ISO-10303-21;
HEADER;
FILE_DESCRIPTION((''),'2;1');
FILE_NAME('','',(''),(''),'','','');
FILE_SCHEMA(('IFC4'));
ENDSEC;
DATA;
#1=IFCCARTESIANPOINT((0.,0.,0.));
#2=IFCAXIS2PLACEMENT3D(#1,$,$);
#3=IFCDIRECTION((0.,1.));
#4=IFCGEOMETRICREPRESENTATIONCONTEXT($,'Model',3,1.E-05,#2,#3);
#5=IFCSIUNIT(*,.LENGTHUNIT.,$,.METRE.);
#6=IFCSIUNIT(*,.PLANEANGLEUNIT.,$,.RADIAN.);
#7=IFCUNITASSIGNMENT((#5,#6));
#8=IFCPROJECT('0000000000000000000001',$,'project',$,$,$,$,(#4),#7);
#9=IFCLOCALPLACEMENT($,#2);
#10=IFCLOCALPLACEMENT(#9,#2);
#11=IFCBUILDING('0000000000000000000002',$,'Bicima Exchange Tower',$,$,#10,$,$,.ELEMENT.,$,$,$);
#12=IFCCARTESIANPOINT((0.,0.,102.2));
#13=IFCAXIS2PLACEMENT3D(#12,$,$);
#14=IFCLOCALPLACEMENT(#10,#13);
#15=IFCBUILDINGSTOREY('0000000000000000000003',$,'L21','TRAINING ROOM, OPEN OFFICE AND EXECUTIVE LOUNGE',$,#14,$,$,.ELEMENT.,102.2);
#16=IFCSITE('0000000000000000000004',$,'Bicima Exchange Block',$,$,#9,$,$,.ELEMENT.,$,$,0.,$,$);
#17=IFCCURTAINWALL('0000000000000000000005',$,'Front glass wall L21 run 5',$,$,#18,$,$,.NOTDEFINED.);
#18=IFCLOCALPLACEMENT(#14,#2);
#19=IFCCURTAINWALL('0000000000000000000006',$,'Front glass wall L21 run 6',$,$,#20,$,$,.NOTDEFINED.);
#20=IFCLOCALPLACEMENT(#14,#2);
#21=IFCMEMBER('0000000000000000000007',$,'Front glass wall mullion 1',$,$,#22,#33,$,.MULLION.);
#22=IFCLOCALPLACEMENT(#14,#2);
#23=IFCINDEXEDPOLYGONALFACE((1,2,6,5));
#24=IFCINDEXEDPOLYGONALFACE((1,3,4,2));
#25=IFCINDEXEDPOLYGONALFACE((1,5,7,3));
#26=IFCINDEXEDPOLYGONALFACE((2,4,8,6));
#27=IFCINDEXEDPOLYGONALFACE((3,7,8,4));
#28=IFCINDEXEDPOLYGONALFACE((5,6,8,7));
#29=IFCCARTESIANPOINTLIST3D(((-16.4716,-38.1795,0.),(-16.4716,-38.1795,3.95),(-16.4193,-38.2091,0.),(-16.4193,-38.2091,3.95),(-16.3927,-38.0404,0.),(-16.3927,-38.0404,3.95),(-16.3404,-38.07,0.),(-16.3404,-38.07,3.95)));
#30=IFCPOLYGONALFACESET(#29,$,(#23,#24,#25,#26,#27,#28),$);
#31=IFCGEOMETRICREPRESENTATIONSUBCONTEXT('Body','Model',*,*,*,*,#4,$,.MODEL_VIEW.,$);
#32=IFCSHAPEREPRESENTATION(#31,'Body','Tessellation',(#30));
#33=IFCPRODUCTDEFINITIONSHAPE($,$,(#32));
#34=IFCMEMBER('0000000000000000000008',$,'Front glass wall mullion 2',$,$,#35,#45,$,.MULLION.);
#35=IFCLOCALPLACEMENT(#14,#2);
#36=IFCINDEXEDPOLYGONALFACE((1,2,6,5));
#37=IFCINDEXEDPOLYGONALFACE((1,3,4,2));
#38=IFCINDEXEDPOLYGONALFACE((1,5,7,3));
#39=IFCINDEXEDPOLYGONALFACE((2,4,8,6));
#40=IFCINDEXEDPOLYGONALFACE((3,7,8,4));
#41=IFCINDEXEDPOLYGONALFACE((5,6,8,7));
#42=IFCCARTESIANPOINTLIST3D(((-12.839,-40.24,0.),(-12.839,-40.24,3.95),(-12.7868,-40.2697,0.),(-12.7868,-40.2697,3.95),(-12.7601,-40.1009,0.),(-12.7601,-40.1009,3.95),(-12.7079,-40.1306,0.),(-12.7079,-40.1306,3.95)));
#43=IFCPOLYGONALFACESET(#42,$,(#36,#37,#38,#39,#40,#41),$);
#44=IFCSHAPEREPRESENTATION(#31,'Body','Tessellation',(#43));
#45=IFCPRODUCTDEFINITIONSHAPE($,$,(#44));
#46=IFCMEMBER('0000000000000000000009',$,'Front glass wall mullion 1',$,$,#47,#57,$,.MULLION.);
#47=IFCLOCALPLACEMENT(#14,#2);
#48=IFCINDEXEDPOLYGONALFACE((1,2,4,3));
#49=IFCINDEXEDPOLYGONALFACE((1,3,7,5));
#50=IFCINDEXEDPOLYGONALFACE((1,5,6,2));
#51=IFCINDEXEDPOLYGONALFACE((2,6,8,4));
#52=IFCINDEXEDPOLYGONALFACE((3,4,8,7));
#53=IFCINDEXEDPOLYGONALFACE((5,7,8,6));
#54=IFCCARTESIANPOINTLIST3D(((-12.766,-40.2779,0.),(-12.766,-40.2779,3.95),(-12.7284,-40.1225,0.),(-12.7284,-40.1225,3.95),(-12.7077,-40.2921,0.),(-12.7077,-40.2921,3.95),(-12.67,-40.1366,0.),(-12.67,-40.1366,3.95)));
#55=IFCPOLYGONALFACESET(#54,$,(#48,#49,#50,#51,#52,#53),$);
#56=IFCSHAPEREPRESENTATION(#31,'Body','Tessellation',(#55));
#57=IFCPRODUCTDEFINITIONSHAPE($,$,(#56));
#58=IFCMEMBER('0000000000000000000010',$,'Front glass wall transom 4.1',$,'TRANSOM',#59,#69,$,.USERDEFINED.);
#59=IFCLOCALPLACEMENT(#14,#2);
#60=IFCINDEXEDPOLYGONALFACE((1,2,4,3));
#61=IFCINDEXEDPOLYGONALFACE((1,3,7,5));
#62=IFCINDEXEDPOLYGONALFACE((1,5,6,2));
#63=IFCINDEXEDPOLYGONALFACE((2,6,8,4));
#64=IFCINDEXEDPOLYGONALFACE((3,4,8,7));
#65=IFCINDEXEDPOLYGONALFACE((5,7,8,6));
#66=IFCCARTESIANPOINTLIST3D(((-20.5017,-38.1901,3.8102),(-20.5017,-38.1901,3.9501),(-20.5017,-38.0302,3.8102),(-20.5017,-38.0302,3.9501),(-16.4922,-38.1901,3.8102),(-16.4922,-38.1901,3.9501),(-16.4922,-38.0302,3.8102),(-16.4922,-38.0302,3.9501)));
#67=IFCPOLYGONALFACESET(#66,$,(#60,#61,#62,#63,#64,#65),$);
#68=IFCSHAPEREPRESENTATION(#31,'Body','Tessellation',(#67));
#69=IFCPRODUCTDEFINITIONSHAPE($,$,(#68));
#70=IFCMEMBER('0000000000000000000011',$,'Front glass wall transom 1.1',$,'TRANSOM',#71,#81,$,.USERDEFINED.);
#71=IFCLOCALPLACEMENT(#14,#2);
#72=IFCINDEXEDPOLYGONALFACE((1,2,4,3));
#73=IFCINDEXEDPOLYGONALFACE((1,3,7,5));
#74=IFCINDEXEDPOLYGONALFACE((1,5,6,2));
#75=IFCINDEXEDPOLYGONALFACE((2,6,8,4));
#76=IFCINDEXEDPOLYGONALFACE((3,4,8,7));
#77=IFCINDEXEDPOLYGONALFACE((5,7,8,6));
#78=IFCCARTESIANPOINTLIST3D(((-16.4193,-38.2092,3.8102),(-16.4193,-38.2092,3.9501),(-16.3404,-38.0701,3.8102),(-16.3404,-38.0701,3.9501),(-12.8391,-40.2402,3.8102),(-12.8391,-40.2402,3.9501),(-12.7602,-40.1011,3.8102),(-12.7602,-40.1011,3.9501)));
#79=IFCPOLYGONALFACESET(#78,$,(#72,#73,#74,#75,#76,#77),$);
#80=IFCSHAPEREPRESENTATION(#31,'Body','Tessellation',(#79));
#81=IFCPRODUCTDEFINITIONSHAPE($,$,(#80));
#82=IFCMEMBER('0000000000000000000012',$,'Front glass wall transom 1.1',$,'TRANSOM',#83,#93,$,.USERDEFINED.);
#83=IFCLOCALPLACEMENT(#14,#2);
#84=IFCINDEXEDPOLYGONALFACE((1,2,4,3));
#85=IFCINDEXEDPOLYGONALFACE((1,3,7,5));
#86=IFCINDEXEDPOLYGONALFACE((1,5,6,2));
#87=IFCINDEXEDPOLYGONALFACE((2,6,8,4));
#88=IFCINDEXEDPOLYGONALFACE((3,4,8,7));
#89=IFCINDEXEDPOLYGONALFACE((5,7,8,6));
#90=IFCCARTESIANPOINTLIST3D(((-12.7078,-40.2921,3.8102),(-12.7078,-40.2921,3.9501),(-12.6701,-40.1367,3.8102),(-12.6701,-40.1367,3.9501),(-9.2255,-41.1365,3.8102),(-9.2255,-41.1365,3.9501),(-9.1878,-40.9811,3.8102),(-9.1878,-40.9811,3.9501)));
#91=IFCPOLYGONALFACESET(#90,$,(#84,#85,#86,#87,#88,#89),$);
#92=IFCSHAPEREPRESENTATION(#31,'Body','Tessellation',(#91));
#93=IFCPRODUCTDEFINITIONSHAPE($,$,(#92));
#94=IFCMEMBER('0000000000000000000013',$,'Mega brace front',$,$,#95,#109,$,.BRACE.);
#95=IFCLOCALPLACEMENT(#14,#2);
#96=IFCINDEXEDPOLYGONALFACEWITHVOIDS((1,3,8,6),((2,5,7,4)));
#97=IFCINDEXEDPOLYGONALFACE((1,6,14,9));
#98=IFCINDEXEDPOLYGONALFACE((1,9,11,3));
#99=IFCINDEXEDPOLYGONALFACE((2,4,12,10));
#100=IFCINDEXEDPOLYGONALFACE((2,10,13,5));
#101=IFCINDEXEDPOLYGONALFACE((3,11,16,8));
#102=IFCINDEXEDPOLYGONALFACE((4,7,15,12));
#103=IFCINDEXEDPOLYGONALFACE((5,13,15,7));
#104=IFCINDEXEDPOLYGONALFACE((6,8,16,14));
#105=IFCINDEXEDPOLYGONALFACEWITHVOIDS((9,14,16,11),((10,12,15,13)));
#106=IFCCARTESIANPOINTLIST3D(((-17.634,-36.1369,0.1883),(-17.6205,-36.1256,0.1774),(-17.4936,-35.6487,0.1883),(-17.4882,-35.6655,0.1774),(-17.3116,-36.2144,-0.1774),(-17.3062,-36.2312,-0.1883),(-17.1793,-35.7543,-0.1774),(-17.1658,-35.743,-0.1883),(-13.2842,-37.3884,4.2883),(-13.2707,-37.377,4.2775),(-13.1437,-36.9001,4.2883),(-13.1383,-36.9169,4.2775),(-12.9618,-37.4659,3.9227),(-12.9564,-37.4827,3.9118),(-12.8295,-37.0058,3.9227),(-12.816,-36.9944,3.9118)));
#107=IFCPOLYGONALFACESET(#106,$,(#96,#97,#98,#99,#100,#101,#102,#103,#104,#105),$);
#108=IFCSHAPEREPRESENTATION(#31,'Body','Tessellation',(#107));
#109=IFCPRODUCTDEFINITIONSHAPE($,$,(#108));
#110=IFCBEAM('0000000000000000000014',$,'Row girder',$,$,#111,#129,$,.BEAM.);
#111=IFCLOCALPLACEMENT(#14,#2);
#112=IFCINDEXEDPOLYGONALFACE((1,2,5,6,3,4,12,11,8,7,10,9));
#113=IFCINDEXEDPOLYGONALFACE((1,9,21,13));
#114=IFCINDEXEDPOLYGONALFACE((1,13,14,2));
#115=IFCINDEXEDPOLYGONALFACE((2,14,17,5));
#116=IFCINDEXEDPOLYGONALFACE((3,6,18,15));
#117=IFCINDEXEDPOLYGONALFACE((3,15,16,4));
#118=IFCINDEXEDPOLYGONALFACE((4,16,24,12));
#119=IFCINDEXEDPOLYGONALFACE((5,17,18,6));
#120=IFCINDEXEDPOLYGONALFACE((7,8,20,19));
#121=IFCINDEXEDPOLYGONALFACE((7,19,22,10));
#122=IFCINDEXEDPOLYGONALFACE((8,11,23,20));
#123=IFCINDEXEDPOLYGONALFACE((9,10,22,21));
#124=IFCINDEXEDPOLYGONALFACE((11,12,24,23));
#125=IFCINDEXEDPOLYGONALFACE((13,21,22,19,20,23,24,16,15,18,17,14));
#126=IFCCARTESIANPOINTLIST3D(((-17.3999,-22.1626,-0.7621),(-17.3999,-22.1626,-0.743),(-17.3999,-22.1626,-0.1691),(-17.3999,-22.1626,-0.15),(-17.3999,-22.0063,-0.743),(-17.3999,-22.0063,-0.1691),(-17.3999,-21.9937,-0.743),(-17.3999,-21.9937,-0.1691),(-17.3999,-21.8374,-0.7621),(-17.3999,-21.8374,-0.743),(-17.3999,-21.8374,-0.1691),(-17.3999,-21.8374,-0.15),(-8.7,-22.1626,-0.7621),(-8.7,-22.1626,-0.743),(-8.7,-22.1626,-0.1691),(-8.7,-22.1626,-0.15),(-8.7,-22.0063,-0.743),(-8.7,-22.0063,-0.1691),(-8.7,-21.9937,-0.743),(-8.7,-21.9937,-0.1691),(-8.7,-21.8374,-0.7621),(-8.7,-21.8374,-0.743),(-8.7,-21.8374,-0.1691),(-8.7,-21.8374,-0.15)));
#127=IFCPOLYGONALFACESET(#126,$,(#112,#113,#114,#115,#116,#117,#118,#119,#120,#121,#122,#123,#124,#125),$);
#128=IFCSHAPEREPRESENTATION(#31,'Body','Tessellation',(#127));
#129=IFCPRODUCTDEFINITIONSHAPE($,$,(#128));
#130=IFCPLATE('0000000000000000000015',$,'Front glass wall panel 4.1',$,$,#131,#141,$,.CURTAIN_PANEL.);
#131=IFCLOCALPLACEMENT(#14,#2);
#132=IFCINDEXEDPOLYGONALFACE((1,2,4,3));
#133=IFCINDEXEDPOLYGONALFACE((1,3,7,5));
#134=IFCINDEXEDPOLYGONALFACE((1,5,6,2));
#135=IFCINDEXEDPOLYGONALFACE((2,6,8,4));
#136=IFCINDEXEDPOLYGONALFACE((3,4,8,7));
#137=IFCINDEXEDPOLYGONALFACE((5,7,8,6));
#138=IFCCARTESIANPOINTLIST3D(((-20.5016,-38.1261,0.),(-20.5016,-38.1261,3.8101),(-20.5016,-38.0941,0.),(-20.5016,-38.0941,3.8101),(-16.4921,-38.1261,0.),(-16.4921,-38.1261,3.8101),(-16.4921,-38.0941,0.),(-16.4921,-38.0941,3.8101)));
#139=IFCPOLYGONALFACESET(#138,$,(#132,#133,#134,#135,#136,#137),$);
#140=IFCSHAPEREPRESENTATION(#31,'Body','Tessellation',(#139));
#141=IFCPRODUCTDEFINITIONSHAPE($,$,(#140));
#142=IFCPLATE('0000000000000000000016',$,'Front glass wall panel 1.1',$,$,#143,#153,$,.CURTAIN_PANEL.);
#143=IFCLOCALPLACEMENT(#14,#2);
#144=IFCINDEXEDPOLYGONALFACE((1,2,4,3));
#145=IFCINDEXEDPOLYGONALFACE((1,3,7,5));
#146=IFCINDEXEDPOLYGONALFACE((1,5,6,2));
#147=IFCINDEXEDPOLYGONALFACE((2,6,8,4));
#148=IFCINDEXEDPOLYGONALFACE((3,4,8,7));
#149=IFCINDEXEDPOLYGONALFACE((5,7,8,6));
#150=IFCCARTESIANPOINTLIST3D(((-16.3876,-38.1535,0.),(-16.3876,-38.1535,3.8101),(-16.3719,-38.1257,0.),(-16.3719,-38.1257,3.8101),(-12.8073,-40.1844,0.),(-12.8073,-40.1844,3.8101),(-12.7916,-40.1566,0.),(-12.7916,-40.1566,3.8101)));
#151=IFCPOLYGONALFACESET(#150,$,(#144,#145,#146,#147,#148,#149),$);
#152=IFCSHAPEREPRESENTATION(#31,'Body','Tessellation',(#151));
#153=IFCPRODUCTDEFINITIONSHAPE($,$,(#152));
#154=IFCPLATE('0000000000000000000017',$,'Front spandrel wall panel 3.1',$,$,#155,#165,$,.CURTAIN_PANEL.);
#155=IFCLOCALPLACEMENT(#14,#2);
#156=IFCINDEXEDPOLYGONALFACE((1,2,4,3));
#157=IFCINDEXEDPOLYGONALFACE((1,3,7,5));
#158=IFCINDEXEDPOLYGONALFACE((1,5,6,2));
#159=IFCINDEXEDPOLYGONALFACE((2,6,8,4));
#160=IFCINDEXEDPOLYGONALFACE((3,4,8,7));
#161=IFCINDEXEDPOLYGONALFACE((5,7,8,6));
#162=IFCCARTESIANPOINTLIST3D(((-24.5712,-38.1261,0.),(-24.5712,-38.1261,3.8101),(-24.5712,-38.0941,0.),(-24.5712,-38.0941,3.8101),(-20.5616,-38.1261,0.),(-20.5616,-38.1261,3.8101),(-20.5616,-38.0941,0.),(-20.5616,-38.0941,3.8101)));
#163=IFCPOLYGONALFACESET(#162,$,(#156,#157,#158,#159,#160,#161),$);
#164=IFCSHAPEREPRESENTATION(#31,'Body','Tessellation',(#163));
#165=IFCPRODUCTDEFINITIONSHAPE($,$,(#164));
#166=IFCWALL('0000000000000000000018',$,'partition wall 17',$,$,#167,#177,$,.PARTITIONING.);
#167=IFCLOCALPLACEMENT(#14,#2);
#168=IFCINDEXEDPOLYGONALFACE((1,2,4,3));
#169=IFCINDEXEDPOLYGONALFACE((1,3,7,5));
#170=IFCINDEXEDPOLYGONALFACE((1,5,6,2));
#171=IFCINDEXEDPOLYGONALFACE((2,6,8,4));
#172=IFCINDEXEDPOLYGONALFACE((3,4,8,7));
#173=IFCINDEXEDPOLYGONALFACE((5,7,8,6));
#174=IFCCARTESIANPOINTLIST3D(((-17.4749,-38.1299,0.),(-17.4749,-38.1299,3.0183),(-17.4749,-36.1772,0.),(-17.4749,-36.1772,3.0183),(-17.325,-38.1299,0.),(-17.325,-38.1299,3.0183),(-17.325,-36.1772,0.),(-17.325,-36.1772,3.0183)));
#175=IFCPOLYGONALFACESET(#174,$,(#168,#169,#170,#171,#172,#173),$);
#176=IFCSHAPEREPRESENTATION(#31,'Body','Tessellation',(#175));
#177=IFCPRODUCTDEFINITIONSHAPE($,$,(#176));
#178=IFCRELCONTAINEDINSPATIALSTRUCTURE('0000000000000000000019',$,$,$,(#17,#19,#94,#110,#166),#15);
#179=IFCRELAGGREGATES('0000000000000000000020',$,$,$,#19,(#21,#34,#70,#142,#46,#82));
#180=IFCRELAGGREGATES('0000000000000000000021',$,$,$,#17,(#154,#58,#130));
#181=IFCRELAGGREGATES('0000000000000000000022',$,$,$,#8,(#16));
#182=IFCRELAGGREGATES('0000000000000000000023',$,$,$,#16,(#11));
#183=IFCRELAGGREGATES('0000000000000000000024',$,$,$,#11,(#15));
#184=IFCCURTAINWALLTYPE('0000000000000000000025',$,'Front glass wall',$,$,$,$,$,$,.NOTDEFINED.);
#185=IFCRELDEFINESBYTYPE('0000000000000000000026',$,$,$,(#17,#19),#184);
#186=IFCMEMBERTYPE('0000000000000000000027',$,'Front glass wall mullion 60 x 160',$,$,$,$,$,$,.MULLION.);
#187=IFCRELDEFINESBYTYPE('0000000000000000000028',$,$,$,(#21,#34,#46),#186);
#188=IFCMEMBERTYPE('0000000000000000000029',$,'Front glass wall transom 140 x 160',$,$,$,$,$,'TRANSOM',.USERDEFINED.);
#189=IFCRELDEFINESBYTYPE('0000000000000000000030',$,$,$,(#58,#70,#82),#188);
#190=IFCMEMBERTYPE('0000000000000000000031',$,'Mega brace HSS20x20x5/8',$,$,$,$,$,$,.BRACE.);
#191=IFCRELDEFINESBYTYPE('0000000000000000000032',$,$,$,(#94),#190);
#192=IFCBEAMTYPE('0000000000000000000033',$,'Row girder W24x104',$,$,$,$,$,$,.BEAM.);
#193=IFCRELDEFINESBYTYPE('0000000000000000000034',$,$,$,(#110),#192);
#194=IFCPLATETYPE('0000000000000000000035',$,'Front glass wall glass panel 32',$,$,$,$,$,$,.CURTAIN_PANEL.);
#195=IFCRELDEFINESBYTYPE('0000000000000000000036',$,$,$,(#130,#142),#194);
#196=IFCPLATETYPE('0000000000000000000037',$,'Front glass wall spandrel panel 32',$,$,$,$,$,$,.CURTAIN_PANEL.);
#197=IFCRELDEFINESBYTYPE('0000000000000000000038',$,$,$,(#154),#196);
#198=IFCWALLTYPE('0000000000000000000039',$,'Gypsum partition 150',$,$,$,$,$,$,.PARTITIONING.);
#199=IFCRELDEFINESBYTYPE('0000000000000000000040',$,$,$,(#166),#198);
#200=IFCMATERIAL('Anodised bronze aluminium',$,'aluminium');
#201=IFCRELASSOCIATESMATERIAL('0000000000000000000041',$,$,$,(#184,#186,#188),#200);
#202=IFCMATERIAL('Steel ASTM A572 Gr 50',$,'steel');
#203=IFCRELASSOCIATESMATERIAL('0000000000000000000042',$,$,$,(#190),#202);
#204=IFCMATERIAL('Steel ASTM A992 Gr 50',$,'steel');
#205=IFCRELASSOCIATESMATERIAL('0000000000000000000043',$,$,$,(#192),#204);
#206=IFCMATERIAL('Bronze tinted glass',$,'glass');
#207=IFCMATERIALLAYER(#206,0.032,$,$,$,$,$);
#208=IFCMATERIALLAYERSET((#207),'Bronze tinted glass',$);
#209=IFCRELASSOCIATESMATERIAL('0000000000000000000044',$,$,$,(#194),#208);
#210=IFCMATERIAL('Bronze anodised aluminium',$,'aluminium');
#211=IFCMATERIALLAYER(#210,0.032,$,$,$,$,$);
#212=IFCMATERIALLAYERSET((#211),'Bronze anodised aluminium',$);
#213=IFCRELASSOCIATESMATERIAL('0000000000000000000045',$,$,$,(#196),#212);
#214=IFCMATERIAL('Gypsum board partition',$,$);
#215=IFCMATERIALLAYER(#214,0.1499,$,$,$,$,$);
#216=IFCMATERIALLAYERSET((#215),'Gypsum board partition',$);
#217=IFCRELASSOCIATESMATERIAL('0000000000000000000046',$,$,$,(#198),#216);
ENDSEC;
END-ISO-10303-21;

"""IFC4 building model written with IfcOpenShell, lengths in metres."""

from ifc_helpers import new_model, si_unit, direction, frame, frame_2d, origin, origin_2d, place, context, subcontext, project, spatial, rectangle, hollow_rectangle, i_section, extrude, material, layer, layer_set, material_profile, profile_set, type_object, element, aggregate, save


model = new_model("IFC4")

# Units and contexts
model_context = context("Model", 3, precision=1e-05, world=origin(), true_north=direction((0.0, 1.0)))
body_context = subcontext(model_context, "Body", "Model", "MODEL_VIEW")
ifc_project = project(units=[si_unit("LENGTHUNIT", "METRE"), si_unit("PLANEANGLEUNIT", "RADIAN")], contexts=[model_context])

# Site, building, storey
site_placement = place(None, origin())
site = spatial("IfcSite", under=ifc_project, at=site_placement, Name="Bicima Exchange Block", CompositionType="ELEMENT", RefElevation=0.0)
building_placement = place(site_placement, origin())
building = spatial("IfcBuilding", under=site, at=building_placement, Name="Bicima Exchange Tower", CompositionType="ELEMENT")
storey_placement = place(building_placement, frame((0.0, 0.0, 102.2)))
storey = spatial("IfcBuildingStorey", under=building, at=storey_placement, Name="L21", Description="TRAINING ROOM, OPEN OFFICE AND EXECUTIVE LOUNGE", CompositionType="ELEMENT", Elevation=102.2)

# Shared definitions
ifc_material_1 = material(Name="Steel ASTM A992 Gr 50", Category="steel")

# Shared definitions
ifc_material_2 = material(Name="Steel ASTM A572 Gr 50", Category="steel")

# Curtain walls, members
ifc_material_3 = material(Name="Anodised bronze aluminium", Category="aluminium")
curtain_wall_type = type_object("IfcCurtainWallType", Name="Front glass wall", PredefinedType="NOTDEFINED", material=ifc_material_3)
curtain_wall_1_placement = place(storey_placement, origin())
curtain_wall_1 = element("IfcCurtainWall", 1, at=curtain_wall_1_placement, inside=storey, type_object=curtain_wall_type, Name="Front glass wall L21 run 5", PredefinedType="NOTDEFINED")
ifc_material_profile_1 = material_profile(ifc_material_3, rectangle(XDim=0.1599, YDim=0.0601, at=origin_2d()))
ifc_profile_set_1 = profile_set([ifc_material_profile_1], Name="Anodised bronze aluminium")
member_type_1 = type_object("IfcMemberType", Name="Front glass wall mullion 60 x 160", PredefinedType="MULLION", material=ifc_profile_set_1)
curtain_wall_2_placement = place(storey_placement, origin())
curtain_wall_2 = element("IfcCurtainWall", 2, at=curtain_wall_2_placement, inside=storey, type_object=curtain_wall_type, Name="Front glass wall L21 run 6", PredefinedType="NOTDEFINED")
member_1_placement = place(storey_placement, frame((-16.406, -38.1248, 0.0), z_axis=(0.0, 0.0, 1.0), x_axis=(0.493395, 0.869805, 0.0)))
member_1 = element("IfcMember", 3, at=member_1_placement, type_object=member_type_1, Name="Front glass wall mullion 1", PredefinedType="MULLION", context=body_context, shape_type="SweptSolid", body=[
    extrude(rectangle(XDim=0.1599, YDim=0.0601, at=origin_2d()), origin(), (0.0, 0.0, 1.0), 3.95),
])
member_2_placement = place(storey_placement, frame((-12.7734, -40.1853, 0.0), z_axis=(0.0, 0.0, 1.0), x_axis=(0.493395, 0.869805, 0.0)))
member_2 = element("IfcMember", 4, at=member_2_placement, type_object=member_type_1, Name="Front glass wall mullion 2", PredefinedType="MULLION", context=body_context, shape_type="SweptSolid", body=[
    extrude(rectangle(XDim=0.1599, YDim=0.0601, at=origin_2d()), origin(), (0.0, 0.0, 1.0), 3.95),
])
member_3_placement = place(storey_placement, frame((-12.718, -40.2073, 0.0), z_axis=(0.0, 0.0, 1.0), x_axis=(0.235682, 0.97183, 0.0)))
member_3 = element("IfcMember", 5, at=member_3_placement, type_object=member_type_1, Name="Front glass wall mullion 1", PredefinedType="MULLION", context=body_context, shape_type="SweptSolid", body=[
    extrude(rectangle(XDim=0.1599, YDim=0.0601, at=origin_2d()), origin(), (0.0, 0.0, 1.0), 3.95),
])

# Members
ifc_material_profile_2 = material_profile(ifc_material_3, rectangle(XDim=0.1599, YDim=0.1399, at=origin_2d()))
ifc_profile_set_2 = profile_set([ifc_material_profile_2], Name="Anodised bronze aluminium")
member_type_2 = type_object("IfcMemberType", Name="Front glass wall transom 140 x 160", ElementType="TRANSOM", PredefinedType="USERDEFINED", material=ifc_profile_set_2)
member_4_placement = place(storey_placement, frame((-20.5017, -38.1101, 3.8801), z_axis=(1.0, 0.0, 0.0), x_axis=(0.0, 1.0, 0.0)))
member_4 = element("IfcMember", 6, at=member_4_placement, type_object=member_type_2, Name="Front glass wall transom 4.1", ObjectType="TRANSOM", PredefinedType="USERDEFINED", context=body_context, shape_type="SweptSolid", body=[
    extrude(rectangle(XDim=0.1599, YDim=0.1399, at=origin_2d()), origin(), (0.0, 0.0, 1.0), 4.0095),
])
member_5_placement = place(storey_placement, frame((-16.3799, -38.1396, 3.8801), z_axis=(0.869797, -0.493409, 0.0), x_axis=(0.493409, 0.869797, 0.0)))
member_5 = element("IfcMember", 7, at=member_5_placement, type_object=member_type_2, Name="Front glass wall transom 1.1", ObjectType="TRANSOM", PredefinedType="USERDEFINED", context=body_context, shape_type="SweptSolid", body=[
    extrude(rectangle(XDim=0.1599, YDim=0.1399, at=origin_2d()), origin(), (0.0, 0.0, 1.0), 4.1162),
])
member_6_placement = place(storey_placement, frame((-12.689, -40.2144, 3.8801), z_axis=(0.971834, -0.235668, 0.0), x_axis=(0.235668, 0.971834, 0.0)))
member_6 = element("IfcMember", 8, at=member_6_placement, type_object=member_type_2, Name="Front glass wall transom 1.1", ObjectType="TRANSOM", PredefinedType="USERDEFINED", context=body_context, shape_type="SweptSolid", body=[
    extrude(rectangle(XDim=0.1599, YDim=0.1399, at=origin_2d()), origin(), (0.0, 0.0, 1.0), 3.5833),
])
ifc_material_profile_3 = material_profile(ifc_material_2, hollow_rectangle(XDim=0.5081, YDim=0.5081, WallThickness=0.0146, at=origin_2d()))
ifc_profile_set_3 = profile_set([ifc_material_profile_3], Name="Steel ASTM A572 Gr 50")
member_type_3 = type_object("IfcMemberType", Name="Mega brace HSS20x20x5/8", PredefinedType="BRACE", material=ifc_profile_set_3)
member_7_placement = place(storey_placement, frame((-17.3999, -35.9399, 0.0), z_axis=(0.712247, -0.204915, 0.671352), x_axis=(0.276487, 0.961018, 0.0)))
element("IfcMember", 9, at=member_7_placement, inside=storey, type_object=member_type_3, Name="Mega brace front", PredefinedType="BRACE", context=body_context, shape_type="SweptSolid", body=[
    extrude(hollow_rectangle(XDim=0.5081, YDim=0.5081, WallThickness=0.0146, at=origin_2d()), origin(), (0.0, 0.0, 1.0), 6.1072),
])

# Beam
ifc_material_profile_4 = material_profile(ifc_material_1, i_section(OverallWidth=0.3252, OverallDepth=0.6121, WebThickness=0.0127, FlangeThickness=0.019, at=origin_2d()))
ifc_profile_set_4 = profile_set([ifc_material_profile_4], Name="Steel ASTM A992 Gr 50")
beam_type_1 = type_object("IfcBeamType", Name="Row girder W24x104", PredefinedType="BEAM", material=ifc_profile_set_4)
beam_1_placement = place(storey_placement, frame((-17.3999, -22.0, -0.4561), z_axis=(1.0, 0.0, 0.0), x_axis=(0.0, 1.0, 0.0)))
element("IfcBeam", 10, at=beam_1_placement, inside=storey, type_object=beam_type_1, Name="Row girder", PredefinedType="BEAM", context=body_context, shape_type="SweptSolid", body=[
    extrude(i_section(OverallWidth=0.3252, OverallDepth=0.6121, WebThickness=0.0127, FlangeThickness=0.019, at=origin_2d()), origin(), (0.0, 0.0, 1.0), 8.7),
])

# Plates
ifc_material_4 = material(Name="Bronze tinted glass", Category="glass")
ifc_layer_1 = layer(ifc_material_4, 0.032)
ifc_layer_set_1 = layer_set([ifc_layer_1], Name="Bronze tinted glass")
plate_type_1 = type_object("IfcPlateType", Name="Front glass wall glass panel 32", PredefinedType="CURTAIN_PANEL", material=ifc_layer_set_1)
plate_1_placement = place(storey_placement, frame((-18.4968, -38.1101, 0.0), z_axis=(0.0, 0.0, 1.0), x_axis=(1.0, 0.0, 0.0)))
plate_1 = element("IfcPlate", 11, at=plate_1_placement, type_object=plate_type_1, Name="Front glass wall panel 4.1", PredefinedType="CURTAIN_PANEL", context=body_context, shape_type="SweptSolid", body=[
    extrude(rectangle(XDim=4.0095, YDim=0.032, at=origin_2d()), origin(), (0.0, 0.0, 1.0), 3.8101),
])
plate_2_placement = place(storey_placement, frame((-14.5896, -39.155, 0.0), z_axis=(0.0, 0.0, 1.0), x_axis=(0.869805, -0.493395, 0.0)))
plate_2 = element("IfcPlate", 12, at=plate_2_placement, type_object=plate_type_1, Name="Front glass wall panel 1.1", PredefinedType="CURTAIN_PANEL", context=body_context, shape_type="SweptSolid", body=[
    extrude(rectangle(XDim=4.1162, YDim=0.032, at=origin_2d()), origin(), (0.0, 0.0, 1.0), 3.8101),
])
aggregate(curtain_wall_2, [member_1, member_2, member_5, plate_2, member_3, member_6])
ifc_material_5 = material(Name="Bronze anodised aluminium", Category="aluminium")
ifc_layer_2 = layer(ifc_material_5, 0.032)
ifc_layer_set_2 = layer_set([ifc_layer_2], Name="Bronze anodised aluminium")
plate_type_2 = type_object("IfcPlateType", Name="Front glass wall spandrel panel 32", PredefinedType="CURTAIN_PANEL", material=ifc_layer_set_2)
plate_3_placement = place(storey_placement, frame((-22.5664, -38.1101, 0.0), z_axis=(0.0, 0.0, 1.0), x_axis=(1.0, 0.0, 0.0)))
plate_3 = element("IfcPlate", 13, at=plate_3_placement, type_object=plate_type_2, Name="Front spandrel wall panel 3.1", PredefinedType="CURTAIN_PANEL", context=body_context, shape_type="SweptSolid", body=[
    extrude(rectangle(XDim=4.0095, YDim=0.032, at=origin_2d()), origin(), (0.0, 0.0, 1.0), 3.8101),
])
aggregate(curtain_wall_1, [plate_3, member_4, plate_1])

# Wall
ifc_material_6 = material(Name="Gypsum board partition")
ifc_layer_3 = layer(ifc_material_6, 0.1499)
ifc_layer_set_3 = layer_set([ifc_layer_3], Name="Gypsum board partition")
wall_type = type_object("IfcWallType", Name="Gypsum partition 150", PredefinedType="PARTITIONING", material=ifc_layer_set_3)
wall_1_placement = place(storey_placement, frame((-17.3999, -38.1299, 0.0), z_axis=(0.0, 0.0, 1.0), x_axis=(0.0, 1.0, 0.0)))
element("IfcWall", 14, at=wall_1_placement, inside=storey, type_object=wall_type, Name="partition wall 17", PredefinedType="PARTITIONING", context=body_context, shape_type="SweptSolid", body=[
    extrude(rectangle(XDim=1.9526, YDim=0.1499, at=frame_2d((0.9763, 0.0))), origin(), (0.0, 0.0, 1.0), 3.0183),
])

save(model, "model.ifc")
